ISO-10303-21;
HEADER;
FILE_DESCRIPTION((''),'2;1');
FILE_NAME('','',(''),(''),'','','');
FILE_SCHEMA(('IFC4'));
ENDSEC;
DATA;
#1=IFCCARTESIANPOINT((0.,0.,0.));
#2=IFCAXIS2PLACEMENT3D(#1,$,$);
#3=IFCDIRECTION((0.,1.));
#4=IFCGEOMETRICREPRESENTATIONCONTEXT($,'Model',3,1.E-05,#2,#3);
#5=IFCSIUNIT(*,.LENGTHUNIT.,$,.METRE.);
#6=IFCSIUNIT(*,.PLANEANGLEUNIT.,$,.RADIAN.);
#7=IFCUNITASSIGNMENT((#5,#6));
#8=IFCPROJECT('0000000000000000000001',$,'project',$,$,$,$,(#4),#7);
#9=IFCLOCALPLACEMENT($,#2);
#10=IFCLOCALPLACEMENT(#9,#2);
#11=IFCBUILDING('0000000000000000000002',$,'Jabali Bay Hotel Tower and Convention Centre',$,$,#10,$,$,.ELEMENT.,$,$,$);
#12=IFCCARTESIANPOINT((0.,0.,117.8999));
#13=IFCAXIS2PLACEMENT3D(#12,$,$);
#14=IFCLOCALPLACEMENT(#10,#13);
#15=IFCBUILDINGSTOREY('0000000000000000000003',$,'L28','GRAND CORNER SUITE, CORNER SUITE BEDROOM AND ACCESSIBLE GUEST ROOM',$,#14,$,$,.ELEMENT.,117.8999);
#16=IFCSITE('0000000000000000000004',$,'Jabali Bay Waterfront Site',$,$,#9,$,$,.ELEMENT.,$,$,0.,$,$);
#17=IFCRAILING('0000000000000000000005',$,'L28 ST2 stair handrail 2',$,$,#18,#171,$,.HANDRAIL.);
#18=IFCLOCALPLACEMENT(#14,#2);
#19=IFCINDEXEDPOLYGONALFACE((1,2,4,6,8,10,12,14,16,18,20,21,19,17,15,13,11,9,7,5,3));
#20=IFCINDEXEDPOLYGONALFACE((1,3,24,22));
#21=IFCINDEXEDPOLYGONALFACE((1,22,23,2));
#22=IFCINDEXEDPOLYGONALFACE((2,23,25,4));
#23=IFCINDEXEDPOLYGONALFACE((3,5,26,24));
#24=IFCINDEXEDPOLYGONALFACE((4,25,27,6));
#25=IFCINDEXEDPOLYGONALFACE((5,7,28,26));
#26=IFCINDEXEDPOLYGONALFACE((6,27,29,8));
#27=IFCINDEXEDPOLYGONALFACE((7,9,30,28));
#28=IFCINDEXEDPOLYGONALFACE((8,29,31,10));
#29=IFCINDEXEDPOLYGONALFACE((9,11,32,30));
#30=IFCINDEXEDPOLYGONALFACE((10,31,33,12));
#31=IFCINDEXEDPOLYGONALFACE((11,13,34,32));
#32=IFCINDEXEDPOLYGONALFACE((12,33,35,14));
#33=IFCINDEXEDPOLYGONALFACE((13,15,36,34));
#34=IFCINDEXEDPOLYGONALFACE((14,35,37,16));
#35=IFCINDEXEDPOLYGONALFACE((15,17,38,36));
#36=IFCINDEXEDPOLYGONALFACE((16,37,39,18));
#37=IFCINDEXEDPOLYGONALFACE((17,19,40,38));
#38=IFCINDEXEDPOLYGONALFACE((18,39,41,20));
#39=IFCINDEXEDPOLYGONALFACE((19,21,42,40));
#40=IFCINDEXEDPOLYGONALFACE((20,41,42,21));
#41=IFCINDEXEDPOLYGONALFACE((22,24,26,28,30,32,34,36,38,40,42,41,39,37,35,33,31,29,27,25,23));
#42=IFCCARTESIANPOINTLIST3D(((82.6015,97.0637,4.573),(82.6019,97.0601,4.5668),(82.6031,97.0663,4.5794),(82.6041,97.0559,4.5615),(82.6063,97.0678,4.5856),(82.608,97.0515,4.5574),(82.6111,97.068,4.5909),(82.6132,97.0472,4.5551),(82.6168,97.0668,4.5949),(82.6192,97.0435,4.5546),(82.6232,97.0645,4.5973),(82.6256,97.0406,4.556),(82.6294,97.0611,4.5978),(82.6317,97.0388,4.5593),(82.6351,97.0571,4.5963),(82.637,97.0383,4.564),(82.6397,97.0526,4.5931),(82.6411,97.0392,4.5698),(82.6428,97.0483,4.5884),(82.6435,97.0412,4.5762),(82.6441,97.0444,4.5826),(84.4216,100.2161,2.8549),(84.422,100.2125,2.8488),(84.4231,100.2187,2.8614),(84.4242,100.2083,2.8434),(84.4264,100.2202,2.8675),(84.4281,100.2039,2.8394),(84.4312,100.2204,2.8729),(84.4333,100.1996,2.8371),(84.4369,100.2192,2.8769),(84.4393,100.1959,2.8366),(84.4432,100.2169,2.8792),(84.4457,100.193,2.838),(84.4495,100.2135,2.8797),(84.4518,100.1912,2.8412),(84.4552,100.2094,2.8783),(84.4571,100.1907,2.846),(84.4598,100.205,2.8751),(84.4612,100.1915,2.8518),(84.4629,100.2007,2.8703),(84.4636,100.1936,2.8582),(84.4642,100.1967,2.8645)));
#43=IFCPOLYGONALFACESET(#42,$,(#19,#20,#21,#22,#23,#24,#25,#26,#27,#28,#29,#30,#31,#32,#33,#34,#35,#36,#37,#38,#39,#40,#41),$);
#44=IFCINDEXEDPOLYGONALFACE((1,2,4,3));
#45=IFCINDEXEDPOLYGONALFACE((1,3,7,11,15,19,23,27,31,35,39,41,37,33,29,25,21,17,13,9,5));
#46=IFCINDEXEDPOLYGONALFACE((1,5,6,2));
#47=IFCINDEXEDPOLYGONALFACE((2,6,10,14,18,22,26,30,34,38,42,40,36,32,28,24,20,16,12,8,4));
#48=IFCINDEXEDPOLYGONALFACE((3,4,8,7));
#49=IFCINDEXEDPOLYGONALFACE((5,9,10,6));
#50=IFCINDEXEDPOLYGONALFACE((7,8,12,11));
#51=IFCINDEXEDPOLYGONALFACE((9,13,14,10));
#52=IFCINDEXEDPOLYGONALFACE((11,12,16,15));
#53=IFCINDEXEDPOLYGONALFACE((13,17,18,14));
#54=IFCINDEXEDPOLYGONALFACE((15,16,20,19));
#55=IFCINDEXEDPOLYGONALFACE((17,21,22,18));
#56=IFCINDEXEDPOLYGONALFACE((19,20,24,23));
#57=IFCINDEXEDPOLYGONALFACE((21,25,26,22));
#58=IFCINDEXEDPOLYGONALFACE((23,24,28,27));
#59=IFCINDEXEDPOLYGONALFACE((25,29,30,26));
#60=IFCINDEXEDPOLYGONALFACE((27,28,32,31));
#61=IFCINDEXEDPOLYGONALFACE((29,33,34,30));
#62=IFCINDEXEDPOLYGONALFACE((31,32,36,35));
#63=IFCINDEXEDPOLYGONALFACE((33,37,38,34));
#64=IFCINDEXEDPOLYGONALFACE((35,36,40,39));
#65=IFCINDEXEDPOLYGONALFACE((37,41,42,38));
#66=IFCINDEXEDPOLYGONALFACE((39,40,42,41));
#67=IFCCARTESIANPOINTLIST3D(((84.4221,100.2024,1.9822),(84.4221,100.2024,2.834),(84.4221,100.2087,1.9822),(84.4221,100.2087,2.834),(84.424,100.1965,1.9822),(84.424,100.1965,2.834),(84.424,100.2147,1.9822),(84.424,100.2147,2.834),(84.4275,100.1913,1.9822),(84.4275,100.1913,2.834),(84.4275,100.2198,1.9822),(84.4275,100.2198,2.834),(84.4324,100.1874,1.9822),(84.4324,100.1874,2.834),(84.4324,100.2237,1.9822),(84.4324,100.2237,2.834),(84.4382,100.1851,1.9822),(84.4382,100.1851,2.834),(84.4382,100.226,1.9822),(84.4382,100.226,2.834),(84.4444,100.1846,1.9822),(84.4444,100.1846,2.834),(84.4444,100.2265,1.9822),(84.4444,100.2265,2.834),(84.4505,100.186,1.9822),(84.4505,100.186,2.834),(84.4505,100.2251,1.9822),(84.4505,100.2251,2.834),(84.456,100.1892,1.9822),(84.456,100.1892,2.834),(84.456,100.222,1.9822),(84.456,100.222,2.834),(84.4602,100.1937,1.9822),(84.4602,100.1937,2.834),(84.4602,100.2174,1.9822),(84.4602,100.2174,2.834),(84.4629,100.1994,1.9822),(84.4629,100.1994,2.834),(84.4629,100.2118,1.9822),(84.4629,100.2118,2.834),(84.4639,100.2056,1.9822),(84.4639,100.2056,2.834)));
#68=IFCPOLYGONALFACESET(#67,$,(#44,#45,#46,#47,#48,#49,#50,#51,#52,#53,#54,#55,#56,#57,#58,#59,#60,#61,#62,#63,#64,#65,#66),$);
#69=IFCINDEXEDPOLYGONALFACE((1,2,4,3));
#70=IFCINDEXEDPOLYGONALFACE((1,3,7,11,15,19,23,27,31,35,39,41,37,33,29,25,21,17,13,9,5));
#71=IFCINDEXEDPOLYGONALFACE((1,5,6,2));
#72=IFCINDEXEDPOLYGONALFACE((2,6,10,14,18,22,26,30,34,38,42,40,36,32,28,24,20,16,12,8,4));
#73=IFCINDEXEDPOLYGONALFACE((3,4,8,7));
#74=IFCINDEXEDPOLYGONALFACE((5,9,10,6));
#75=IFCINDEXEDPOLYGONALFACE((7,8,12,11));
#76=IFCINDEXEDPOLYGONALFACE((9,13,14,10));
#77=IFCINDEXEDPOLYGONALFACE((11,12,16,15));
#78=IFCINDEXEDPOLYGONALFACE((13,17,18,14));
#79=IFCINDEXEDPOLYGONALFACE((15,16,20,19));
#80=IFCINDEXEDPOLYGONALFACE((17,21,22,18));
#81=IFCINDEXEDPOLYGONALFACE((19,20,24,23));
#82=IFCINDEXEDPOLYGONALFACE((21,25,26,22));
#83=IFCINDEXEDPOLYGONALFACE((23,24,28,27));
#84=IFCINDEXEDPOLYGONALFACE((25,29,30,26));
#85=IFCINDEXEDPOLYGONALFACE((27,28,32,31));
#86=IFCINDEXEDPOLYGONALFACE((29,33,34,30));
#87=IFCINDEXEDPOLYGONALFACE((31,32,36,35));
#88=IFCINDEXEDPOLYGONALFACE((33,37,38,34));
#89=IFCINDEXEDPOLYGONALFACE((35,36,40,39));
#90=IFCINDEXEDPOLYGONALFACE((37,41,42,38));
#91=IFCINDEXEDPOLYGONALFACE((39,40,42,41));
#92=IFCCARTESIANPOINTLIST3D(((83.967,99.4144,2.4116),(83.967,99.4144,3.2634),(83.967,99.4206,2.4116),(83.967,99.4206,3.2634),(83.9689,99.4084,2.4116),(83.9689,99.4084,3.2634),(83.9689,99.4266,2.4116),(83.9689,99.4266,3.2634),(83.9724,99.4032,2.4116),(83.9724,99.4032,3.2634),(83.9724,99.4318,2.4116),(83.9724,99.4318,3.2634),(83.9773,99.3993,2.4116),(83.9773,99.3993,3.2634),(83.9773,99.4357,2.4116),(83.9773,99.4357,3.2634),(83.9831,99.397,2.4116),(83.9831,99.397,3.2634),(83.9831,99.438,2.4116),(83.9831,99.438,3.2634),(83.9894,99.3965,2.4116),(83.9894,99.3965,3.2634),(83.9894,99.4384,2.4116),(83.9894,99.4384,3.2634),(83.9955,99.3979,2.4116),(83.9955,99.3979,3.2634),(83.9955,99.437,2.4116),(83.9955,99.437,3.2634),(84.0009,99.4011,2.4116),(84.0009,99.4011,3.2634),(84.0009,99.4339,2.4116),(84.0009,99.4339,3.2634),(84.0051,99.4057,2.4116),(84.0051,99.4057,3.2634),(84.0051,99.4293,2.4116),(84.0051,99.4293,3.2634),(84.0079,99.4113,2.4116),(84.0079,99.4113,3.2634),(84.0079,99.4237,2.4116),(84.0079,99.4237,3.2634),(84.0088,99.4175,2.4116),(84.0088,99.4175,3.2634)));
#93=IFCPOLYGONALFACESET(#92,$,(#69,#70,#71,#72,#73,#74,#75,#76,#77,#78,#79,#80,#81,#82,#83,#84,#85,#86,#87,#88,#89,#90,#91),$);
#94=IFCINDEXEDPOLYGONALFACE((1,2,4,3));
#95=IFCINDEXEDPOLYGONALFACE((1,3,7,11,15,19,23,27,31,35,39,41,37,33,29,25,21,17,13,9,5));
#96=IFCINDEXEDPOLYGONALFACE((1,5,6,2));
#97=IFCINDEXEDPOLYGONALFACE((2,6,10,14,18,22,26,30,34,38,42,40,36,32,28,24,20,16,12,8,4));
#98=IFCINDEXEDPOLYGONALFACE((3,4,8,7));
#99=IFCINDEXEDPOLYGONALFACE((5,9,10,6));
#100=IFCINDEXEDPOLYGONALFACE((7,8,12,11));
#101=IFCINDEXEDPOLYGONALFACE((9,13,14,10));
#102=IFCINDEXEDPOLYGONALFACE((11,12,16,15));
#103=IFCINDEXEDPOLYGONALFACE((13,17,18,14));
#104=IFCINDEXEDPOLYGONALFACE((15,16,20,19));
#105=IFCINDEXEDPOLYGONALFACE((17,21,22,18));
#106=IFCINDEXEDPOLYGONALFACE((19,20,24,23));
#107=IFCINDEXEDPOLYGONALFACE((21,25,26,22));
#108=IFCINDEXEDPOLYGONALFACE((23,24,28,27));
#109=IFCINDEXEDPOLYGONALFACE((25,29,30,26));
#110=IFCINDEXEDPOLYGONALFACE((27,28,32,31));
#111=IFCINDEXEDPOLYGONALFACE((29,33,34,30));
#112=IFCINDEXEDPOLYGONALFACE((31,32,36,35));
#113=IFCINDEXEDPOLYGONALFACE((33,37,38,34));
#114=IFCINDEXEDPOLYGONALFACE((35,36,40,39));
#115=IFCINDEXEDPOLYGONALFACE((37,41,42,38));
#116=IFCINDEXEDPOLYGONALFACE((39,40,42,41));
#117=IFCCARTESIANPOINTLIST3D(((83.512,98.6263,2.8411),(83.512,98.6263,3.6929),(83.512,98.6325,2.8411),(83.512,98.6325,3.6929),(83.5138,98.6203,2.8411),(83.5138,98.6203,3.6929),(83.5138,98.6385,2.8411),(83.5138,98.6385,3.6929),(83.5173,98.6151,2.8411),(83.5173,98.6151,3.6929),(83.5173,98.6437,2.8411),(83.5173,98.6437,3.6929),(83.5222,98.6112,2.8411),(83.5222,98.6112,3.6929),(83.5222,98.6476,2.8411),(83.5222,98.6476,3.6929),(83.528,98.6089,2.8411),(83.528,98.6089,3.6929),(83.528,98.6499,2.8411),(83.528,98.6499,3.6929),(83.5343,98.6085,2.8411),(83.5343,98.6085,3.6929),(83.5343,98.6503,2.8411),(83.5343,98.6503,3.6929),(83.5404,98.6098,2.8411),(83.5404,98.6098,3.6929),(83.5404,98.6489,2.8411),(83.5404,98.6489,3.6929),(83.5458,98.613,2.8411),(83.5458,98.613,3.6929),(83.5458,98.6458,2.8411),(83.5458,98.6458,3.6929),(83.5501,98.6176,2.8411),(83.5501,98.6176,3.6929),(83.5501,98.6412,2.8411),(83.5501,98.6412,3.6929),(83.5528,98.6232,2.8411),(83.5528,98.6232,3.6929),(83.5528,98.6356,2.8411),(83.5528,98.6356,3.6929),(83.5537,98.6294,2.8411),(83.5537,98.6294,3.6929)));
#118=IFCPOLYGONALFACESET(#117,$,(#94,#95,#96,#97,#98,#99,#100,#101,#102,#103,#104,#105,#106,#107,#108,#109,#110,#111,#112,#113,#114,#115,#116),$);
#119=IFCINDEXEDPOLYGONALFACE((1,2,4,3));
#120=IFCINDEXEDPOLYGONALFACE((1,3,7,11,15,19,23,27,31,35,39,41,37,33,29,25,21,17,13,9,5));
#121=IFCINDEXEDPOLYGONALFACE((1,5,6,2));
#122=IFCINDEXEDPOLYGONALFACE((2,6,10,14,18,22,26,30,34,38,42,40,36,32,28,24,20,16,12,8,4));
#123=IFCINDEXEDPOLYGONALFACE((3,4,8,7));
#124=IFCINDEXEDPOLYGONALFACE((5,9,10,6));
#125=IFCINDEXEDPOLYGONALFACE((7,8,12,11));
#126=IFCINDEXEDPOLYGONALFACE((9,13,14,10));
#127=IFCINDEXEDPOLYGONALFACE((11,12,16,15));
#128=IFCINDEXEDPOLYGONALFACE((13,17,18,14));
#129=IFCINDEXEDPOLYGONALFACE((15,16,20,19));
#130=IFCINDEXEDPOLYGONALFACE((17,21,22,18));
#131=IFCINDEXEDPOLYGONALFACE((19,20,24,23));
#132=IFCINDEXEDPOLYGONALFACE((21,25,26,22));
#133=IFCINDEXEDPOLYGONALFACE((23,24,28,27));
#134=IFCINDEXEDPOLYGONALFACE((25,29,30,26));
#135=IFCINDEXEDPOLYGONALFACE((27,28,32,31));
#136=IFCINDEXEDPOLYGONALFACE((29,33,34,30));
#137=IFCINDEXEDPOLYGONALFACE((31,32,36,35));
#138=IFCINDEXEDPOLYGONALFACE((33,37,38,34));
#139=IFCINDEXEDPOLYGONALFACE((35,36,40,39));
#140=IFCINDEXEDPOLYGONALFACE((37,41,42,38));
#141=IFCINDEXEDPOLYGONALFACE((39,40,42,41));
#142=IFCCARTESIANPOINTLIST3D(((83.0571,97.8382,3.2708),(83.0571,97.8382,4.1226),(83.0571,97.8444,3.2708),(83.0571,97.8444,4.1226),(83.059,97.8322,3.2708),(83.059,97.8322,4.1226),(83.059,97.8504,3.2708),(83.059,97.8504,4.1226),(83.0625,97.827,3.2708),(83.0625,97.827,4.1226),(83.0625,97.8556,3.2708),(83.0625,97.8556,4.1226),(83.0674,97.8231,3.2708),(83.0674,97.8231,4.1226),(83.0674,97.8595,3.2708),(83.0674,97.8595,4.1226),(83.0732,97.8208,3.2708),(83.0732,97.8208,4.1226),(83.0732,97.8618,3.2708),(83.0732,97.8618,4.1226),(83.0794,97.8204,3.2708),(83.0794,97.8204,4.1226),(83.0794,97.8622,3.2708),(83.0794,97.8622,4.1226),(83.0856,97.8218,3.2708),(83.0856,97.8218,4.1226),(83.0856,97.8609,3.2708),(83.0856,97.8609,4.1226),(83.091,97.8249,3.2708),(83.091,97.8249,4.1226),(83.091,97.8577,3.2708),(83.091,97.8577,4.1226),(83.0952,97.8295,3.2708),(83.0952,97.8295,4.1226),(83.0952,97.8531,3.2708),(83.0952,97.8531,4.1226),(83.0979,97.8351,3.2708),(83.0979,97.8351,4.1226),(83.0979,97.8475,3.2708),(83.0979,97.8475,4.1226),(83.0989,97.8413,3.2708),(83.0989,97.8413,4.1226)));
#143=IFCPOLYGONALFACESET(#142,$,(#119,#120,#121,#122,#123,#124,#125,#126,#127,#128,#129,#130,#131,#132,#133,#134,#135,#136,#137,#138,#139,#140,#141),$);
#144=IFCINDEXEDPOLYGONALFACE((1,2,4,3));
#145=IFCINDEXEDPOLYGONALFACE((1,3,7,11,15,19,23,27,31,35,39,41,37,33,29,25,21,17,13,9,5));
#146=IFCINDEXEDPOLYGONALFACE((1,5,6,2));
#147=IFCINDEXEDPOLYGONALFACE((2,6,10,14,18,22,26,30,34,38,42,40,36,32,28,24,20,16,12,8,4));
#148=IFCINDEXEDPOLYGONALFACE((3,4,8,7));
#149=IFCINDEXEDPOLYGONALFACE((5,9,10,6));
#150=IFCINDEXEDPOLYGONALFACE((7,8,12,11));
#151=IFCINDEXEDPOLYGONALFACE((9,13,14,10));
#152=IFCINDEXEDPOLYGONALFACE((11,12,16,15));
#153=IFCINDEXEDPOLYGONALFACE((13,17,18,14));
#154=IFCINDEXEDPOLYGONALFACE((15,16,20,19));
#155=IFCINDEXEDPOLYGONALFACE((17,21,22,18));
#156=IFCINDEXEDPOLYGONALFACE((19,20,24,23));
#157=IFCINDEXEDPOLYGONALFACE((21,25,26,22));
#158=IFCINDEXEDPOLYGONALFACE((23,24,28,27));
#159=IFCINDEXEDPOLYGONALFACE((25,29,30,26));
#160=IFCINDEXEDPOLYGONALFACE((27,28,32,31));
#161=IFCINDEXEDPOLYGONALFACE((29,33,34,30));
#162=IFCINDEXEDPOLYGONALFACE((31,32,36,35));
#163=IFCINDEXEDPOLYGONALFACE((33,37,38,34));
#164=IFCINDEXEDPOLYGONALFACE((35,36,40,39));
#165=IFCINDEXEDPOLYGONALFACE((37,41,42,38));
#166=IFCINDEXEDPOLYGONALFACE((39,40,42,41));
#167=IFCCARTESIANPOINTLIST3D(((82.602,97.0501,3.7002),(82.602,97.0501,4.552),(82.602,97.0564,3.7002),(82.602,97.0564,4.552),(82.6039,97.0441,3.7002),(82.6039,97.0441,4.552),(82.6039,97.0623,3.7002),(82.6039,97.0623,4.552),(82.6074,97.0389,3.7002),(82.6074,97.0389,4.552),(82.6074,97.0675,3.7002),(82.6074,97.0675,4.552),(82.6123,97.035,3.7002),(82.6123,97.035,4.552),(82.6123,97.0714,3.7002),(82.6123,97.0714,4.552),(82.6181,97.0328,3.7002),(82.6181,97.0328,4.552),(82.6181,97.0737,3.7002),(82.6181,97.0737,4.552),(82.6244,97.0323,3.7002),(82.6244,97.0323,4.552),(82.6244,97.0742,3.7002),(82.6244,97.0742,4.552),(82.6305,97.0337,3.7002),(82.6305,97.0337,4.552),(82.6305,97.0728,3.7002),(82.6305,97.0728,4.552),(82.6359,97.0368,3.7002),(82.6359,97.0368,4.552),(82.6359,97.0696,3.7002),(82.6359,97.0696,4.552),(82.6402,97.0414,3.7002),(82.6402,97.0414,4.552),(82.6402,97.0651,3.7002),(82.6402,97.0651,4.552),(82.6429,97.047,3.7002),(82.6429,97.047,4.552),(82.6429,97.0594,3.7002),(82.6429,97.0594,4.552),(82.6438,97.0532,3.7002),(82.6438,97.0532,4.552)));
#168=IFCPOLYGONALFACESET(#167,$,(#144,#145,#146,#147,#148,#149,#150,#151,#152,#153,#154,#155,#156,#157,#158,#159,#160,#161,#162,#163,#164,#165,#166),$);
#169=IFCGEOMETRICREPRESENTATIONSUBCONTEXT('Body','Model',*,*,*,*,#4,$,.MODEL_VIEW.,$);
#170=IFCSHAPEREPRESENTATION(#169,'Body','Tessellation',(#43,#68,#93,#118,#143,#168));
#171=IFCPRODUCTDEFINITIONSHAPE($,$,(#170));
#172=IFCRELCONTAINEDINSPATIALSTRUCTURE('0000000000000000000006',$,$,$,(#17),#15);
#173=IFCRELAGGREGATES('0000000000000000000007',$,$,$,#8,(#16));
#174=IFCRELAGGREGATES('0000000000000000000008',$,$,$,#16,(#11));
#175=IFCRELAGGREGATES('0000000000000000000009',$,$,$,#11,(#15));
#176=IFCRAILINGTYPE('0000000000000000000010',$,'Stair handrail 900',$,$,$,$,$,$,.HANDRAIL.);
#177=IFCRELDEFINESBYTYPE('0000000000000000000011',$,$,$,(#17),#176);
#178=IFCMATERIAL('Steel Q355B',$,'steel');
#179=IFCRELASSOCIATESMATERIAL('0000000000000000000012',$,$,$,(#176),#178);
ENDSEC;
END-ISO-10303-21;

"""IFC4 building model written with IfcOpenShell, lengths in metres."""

from ifc_helpers import new_model, si_unit, direction, frame, origin, origin_2d, place, context, subcontext, project, spatial, circle, extrude, material, type_object, element, save


model = new_model("IFC4")

# Units and contexts
model_context = context("Model", 3, precision=1e-05, world=origin(), true_north=direction((0.0, 1.0)))
body_context = subcontext(model_context, "Body", "Model", "MODEL_VIEW")
ifc_project = project(units=[si_unit("LENGTHUNIT", "METRE"), si_unit("PLANEANGLEUNIT", "RADIAN")], contexts=[model_context])

# Site, building, storey
site_placement = place(None, origin())
site = spatial("IfcSite", under=ifc_project, at=site_placement, Name="Jabali Bay Waterfront Site", CompositionType="ELEMENT", RefElevation=0.0)
building_placement = place(site_placement, origin())
building = spatial("IfcBuilding", under=site, at=building_placement, Name="Jabali Bay Hotel Tower and Convention Centre", CompositionType="ELEMENT")
storey_placement = place(building_placement, frame((0.0, 0.0, 117.8999)))
storey = spatial("IfcBuildingStorey", under=building, at=storey_placement, Name="L28", Description="GRAND CORNER SUITE, CORNER SUITE BEDROOM AND ACCESSIBLE GUEST ROOM", CompositionType="ELEMENT", Elevation=117.8999)

# Railing
ifc_material_1 = material(Name="Steel Q355B", Category="steel")
railing_type_1 = type_object("IfcRailingType", Name="Stair handrail 900", PredefinedType="HANDRAIL", material=ifc_material_1)
railing_1_placement = place(storey_placement, frame((84.4429, 100.2056, 1.9822)))
element("IfcRailing", 1, at=railing_1_placement, inside=storey, type_object=railing_type_1, Name="L28 ST2 stair handrail 2", PredefinedType="HANDRAIL", context=body_context, shape_type="SweptSolid", body=[
    extrude(circle(Radius=0.0239, at=origin_2d()), frame((0.0, 0.0, 0.876), z_axis=(-0.452179, -0.78317, 0.426825), x_axis=(0.866018, -0.500013, 0.0)), (0.0, 0.0, 1.0), 4.0251),
    extrude(circle(Radius=0.021, at=origin_2d()), origin(), (0.0, 0.0, 1.0), 0.8518),
    extrude(circle(Radius=0.021, at=origin_2d()), frame((-0.4551, -0.7881, 0.4294)), (0.0, 0.0, 1.0), 0.8518),
    extrude(circle(Radius=0.021, at=origin_2d()), frame((-0.9102, -1.5762, 0.8589)), (0.0, 0.0, 1.0), 0.8518),
    extrude(circle(Radius=0.021, at=origin_2d()), frame((-1.365, -2.3643, 1.2886)), (0.0, 0.0, 1.0), 0.8518),
    extrude(circle(Radius=0.021, at=origin_2d()), frame((-1.8201, -3.1523, 1.718)), (0.0, 0.0, 1.0), 0.8518),
])

save(model, "model.ifc")
